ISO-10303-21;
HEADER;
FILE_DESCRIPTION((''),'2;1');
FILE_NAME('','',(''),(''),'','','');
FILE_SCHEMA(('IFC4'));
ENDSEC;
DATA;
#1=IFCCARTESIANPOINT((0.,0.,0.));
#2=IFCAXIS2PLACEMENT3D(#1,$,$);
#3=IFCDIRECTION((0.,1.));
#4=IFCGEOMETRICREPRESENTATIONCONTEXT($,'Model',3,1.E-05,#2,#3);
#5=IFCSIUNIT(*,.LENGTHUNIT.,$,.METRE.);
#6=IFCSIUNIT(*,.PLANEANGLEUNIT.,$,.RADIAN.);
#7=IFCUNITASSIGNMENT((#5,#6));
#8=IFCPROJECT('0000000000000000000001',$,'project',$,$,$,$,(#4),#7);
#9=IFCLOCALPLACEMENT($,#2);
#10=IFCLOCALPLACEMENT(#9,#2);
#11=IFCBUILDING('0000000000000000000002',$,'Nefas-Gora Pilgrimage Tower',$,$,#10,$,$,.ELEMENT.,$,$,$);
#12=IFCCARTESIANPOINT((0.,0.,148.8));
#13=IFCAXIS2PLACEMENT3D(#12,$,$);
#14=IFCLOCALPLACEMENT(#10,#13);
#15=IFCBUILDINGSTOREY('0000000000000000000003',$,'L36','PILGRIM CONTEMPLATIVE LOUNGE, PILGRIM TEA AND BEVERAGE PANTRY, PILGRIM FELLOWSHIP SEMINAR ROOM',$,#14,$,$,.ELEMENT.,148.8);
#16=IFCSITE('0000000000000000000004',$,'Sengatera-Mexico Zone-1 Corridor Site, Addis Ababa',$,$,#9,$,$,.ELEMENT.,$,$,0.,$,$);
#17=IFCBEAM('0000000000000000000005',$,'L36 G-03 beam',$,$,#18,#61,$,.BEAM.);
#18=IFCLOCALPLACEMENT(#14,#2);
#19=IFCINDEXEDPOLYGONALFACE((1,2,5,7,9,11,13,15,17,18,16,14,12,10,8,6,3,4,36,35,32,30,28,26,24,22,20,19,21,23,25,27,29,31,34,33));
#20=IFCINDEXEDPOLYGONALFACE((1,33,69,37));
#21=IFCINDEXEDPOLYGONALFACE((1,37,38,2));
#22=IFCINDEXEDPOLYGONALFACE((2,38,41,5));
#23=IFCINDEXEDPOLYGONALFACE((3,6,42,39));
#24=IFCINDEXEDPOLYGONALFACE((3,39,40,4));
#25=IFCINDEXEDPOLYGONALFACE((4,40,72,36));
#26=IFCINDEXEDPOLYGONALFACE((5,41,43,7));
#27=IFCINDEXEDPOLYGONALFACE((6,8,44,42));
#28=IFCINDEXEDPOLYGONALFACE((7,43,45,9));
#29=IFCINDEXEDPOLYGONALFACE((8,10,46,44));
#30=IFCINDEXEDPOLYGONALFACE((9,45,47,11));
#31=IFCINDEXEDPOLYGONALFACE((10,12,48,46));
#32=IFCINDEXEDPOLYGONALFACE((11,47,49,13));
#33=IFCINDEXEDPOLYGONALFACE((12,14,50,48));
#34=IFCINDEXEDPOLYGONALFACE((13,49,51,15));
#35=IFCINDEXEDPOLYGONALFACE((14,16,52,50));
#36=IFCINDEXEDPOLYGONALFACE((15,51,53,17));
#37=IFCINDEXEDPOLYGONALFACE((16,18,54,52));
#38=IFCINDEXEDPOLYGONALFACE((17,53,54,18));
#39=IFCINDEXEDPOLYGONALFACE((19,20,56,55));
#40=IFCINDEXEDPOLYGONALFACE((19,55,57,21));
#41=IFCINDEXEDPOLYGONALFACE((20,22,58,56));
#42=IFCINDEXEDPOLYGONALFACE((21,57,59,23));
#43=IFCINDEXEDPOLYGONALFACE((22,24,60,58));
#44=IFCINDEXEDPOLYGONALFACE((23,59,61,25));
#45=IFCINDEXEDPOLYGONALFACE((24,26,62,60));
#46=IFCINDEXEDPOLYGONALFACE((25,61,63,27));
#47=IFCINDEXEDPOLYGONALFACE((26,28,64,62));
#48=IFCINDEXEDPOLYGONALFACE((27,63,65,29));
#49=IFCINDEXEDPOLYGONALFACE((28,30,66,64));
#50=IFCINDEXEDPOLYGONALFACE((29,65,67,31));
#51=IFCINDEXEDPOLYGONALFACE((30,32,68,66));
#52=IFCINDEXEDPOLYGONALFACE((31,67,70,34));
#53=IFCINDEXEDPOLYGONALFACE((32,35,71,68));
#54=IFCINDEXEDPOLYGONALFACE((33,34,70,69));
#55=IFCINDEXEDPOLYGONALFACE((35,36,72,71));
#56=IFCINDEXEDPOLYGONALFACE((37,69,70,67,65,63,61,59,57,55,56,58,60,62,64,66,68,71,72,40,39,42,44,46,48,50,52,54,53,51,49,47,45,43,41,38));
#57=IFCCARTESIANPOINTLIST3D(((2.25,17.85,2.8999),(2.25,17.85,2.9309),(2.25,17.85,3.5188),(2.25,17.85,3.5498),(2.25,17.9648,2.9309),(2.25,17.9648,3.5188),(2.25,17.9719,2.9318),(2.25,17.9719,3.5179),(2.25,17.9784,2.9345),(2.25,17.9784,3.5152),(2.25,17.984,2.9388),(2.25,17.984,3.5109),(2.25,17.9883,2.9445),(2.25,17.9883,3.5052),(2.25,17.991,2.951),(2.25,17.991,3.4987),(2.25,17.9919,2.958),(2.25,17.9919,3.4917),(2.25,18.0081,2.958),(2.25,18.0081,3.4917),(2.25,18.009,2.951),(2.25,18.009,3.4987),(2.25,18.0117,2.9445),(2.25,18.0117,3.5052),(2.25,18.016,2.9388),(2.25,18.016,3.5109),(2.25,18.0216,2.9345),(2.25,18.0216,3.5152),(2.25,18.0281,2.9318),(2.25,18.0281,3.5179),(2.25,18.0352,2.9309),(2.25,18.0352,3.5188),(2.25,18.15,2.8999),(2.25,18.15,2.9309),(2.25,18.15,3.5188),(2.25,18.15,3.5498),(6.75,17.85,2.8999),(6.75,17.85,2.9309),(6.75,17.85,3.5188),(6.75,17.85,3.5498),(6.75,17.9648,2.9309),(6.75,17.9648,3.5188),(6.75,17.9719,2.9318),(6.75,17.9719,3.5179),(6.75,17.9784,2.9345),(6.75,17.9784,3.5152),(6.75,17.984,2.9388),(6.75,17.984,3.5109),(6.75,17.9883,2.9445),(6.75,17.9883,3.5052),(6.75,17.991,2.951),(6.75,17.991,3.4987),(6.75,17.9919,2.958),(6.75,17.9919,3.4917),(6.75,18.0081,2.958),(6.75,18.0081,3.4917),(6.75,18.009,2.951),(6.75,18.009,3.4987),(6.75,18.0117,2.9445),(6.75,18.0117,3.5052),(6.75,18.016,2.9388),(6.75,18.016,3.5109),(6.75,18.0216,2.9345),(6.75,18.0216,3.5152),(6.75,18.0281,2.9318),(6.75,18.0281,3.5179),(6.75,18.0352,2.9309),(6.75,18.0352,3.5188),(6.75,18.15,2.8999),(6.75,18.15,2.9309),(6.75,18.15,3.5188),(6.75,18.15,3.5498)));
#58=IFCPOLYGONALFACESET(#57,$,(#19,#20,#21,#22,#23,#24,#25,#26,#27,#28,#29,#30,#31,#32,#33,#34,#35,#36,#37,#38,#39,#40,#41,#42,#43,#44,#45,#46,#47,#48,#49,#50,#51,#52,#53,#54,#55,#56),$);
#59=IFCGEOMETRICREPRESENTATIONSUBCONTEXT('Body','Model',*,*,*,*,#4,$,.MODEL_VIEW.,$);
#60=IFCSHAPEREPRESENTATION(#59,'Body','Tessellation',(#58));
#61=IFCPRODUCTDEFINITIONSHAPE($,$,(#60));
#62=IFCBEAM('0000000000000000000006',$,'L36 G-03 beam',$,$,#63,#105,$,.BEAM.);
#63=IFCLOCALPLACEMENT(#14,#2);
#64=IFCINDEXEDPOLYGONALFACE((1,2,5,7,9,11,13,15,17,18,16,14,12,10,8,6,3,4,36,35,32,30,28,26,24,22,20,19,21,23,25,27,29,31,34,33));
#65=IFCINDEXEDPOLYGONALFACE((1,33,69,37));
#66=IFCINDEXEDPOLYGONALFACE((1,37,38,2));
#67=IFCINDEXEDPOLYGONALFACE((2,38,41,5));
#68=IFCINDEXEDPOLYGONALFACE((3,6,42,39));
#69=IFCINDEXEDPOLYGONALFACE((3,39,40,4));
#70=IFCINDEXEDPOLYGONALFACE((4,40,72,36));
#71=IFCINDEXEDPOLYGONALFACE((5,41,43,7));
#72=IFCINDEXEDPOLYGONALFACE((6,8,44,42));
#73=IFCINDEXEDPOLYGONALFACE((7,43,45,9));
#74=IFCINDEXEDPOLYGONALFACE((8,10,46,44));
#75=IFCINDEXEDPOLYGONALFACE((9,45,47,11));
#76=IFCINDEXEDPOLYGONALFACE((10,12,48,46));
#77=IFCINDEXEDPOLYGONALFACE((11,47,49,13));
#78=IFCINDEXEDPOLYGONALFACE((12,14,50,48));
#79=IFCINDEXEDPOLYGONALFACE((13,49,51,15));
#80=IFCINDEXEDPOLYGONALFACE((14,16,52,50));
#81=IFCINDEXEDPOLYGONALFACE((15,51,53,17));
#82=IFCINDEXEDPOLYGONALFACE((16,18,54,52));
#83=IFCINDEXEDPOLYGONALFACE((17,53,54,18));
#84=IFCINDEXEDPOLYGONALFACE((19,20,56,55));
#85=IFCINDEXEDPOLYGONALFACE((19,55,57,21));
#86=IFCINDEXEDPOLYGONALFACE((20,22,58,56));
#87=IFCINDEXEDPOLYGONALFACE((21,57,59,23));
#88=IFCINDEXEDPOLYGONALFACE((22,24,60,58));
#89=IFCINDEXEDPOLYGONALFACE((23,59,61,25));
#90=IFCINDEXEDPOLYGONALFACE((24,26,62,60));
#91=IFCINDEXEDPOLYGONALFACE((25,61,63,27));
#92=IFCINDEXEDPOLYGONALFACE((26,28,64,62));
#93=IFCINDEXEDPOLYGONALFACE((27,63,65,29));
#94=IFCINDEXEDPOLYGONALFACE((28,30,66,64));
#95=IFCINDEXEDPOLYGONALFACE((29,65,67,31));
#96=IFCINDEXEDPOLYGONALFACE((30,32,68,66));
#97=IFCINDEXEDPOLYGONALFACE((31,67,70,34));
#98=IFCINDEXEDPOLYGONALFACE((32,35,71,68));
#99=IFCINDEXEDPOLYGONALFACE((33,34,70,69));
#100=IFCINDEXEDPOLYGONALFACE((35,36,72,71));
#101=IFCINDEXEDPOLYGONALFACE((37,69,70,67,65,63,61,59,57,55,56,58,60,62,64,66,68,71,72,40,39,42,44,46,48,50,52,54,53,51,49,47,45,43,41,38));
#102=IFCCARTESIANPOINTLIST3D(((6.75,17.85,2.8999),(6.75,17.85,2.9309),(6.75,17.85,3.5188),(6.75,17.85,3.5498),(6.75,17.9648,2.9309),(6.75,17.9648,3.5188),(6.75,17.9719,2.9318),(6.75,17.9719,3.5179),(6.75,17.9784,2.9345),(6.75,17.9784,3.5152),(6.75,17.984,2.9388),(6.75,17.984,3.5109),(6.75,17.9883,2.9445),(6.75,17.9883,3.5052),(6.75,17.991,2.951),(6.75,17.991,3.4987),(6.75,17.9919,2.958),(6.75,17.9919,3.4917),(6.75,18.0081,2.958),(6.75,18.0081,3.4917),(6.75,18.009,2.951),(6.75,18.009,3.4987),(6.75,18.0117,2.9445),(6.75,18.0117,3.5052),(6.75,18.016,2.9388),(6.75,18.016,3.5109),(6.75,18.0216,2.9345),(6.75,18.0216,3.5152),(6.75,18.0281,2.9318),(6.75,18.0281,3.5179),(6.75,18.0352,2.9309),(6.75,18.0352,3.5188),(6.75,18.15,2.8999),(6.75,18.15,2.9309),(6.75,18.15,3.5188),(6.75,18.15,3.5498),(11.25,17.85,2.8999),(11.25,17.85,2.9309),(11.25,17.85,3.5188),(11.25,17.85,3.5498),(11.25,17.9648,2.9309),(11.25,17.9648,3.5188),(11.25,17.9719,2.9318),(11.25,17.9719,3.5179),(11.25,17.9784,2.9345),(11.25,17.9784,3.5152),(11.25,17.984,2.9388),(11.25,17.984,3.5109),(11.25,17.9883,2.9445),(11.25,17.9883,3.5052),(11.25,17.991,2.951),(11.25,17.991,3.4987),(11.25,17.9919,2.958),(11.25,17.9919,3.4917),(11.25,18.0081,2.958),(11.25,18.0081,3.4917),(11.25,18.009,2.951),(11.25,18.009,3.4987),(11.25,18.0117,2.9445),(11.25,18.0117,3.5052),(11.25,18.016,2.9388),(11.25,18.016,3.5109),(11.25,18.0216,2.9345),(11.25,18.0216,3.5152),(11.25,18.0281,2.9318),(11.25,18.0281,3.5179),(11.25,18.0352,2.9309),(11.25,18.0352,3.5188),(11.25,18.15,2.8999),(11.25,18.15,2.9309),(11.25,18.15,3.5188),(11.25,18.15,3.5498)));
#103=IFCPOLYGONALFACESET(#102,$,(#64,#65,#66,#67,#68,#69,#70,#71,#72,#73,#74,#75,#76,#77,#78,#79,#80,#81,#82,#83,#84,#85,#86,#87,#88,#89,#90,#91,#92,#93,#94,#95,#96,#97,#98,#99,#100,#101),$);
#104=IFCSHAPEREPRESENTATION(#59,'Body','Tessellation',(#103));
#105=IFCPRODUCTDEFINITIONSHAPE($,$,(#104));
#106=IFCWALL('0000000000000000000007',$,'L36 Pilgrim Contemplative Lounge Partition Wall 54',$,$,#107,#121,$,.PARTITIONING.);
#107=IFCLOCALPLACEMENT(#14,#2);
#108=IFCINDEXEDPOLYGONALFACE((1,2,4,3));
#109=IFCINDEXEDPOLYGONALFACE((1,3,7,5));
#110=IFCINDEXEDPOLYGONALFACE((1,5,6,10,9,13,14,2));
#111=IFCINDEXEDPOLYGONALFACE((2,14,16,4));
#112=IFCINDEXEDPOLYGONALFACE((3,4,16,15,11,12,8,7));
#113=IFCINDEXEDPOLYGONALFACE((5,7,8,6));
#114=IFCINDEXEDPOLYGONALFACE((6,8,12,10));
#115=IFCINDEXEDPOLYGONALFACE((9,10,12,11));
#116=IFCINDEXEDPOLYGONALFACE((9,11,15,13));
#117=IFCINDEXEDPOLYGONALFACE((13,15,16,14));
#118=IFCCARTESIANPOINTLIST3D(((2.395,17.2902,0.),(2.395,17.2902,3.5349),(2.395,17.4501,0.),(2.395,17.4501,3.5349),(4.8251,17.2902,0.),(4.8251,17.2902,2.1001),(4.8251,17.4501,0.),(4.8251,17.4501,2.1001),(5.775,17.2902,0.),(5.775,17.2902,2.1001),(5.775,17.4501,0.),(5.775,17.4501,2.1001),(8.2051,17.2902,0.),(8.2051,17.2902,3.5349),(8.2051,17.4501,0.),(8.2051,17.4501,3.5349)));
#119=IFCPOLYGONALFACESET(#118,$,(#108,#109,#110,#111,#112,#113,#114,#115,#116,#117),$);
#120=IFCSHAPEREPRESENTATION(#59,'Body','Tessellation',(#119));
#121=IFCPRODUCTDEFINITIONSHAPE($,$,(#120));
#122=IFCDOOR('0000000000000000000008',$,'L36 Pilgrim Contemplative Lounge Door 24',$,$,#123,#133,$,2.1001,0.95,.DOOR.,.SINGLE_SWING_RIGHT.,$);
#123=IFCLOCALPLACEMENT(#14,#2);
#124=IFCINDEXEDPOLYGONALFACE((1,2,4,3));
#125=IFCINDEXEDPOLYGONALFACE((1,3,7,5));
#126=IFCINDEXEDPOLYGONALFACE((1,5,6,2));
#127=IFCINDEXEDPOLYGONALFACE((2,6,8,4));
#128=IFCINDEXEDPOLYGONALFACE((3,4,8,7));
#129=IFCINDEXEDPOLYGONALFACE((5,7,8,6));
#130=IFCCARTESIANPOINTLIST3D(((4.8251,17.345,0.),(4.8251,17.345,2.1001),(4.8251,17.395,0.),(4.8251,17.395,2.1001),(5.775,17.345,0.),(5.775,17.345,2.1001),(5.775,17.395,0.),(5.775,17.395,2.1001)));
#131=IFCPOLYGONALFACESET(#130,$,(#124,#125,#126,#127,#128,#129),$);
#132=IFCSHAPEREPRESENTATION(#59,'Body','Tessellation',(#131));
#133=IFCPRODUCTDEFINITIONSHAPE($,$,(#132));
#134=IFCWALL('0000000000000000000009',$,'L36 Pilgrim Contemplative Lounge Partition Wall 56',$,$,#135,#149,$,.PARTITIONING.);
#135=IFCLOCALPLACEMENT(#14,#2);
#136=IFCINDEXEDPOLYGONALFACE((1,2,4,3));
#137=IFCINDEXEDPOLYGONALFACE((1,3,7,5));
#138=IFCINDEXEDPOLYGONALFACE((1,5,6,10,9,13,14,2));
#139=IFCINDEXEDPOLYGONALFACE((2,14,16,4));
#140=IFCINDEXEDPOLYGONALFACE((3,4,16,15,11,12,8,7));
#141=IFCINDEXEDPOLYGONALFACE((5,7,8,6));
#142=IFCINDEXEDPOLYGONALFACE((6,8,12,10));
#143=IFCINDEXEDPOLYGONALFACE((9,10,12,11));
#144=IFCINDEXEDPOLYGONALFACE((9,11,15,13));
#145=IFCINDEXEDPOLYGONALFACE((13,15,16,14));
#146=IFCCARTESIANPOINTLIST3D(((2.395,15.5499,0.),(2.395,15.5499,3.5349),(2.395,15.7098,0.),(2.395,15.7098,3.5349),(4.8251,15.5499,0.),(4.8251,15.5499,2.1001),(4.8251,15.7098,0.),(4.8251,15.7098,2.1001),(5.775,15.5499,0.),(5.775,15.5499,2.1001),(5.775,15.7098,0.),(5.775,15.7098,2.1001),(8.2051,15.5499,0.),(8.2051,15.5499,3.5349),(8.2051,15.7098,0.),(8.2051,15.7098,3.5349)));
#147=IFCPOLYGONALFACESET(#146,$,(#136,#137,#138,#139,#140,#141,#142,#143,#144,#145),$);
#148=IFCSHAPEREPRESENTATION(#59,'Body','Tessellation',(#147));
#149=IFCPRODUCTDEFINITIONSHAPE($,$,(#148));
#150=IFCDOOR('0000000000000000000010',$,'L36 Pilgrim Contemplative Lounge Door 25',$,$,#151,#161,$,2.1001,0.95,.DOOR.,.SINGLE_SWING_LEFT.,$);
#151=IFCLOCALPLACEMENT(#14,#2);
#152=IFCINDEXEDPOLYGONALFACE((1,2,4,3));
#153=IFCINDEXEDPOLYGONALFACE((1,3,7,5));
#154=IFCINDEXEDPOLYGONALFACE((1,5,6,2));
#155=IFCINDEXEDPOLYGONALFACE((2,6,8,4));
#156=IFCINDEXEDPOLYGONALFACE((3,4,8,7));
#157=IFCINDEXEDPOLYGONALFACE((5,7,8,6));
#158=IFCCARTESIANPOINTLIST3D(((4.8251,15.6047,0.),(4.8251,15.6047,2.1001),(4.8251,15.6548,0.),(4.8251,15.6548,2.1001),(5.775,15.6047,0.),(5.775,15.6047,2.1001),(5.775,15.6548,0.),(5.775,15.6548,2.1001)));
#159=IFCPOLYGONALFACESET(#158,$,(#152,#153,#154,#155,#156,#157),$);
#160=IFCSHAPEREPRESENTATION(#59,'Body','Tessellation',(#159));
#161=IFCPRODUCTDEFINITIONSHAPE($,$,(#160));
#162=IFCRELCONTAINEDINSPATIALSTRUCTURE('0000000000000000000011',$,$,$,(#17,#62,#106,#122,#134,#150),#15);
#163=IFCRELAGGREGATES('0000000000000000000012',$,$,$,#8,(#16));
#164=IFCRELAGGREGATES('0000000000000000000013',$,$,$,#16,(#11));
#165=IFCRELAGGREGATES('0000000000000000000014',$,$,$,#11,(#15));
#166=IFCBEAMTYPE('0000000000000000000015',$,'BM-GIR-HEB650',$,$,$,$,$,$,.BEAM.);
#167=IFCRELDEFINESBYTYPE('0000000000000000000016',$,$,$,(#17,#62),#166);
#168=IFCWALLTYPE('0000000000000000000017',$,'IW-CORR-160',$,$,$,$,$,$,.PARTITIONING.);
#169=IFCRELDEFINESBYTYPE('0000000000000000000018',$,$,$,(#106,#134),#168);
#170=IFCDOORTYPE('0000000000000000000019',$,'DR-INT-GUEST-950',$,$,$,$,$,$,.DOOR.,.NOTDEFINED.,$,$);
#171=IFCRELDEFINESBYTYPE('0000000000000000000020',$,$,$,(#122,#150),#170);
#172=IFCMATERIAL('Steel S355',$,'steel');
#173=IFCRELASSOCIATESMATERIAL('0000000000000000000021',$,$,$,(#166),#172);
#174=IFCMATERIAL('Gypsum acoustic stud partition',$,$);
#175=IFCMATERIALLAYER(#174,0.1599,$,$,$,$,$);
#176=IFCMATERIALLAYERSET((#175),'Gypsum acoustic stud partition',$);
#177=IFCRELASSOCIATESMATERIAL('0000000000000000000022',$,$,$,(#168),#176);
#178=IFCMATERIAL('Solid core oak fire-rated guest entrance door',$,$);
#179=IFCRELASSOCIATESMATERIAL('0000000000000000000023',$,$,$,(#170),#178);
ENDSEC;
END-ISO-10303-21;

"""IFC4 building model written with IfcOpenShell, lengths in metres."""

from ifc_helpers import new_model, si_unit, direction, frame, frame_2d, origin, origin_2d, place, context, subcontext, project, spatial, rectangle, i_section, extrude, source, transform, mapped, material, layer, layer_set, material_profile, profile_set, type_object, element, fill, save


model = new_model("IFC4")

# Units and contexts
model_context = context("Model", 3, precision=1e-05, world=origin(), true_north=direction((0.0, 1.0)))
body_context = subcontext(model_context, "Body", "Model", "MODEL_VIEW")
ifc_project = project(units=[si_unit("LENGTHUNIT", "METRE"), si_unit("PLANEANGLEUNIT", "RADIAN")], contexts=[model_context])

# Site, building, storey
site_placement = place(None, origin())
site = spatial("IfcSite", under=ifc_project, at=site_placement, Name="Sengatera-Mexico Zone-1 Corridor Site, Addis Ababa", CompositionType="ELEMENT", RefElevation=0.0)
building_placement = place(site_placement, origin())
building = spatial("IfcBuilding", under=site, at=building_placement, Name="Nefas-Gora Pilgrimage Tower", CompositionType="ELEMENT")
storey_placement = place(building_placement, frame((0.0, 0.0, 148.8)))
storey = spatial("IfcBuildingStorey", under=building, at=storey_placement, Name="L36", Description="PILGRIM CONTEMPLATIVE LOUNGE, PILGRIM TEA AND BEVERAGE PANTRY, PILGRIM FELLOWSHIP SEMINAR ROOM", CompositionType="ELEMENT", Elevation=148.8)

# Beams
ifc_material_1 = material(Name="Steel S355", Category="steel")
ifc_material_profile_1 = material_profile(ifc_material_1, i_section(OverallWidth=0.3, OverallDepth=0.6499, WebThickness=0.0161, FlangeThickness=0.031, FilletRadius=0.0271, at=origin_2d()), Name="HEB 650")
ifc_profile_set_1 = profile_set([ifc_material_profile_1], Name="Steel S355")
beam_type = type_object("IfcBeamType", Name="BM-GIR-HEB650", PredefinedType="BEAM", material=ifc_profile_set_1)
shared_shape_1 = source(origin(), body_context, "Body", "SweptSolid", [
    extrude(i_section(OverallWidth=0.3, OverallDepth=0.6499, WebThickness=0.0161, FlangeThickness=0.031, FilletRadius=0.0271, at=origin_2d()), origin(), (0.0, 0.0, 1.0), 4.5),
])
for number, where, z_axis, x_axis, name in (
    (1, (2.25, 18.0, 3.2249), (1.0, 0.0, 0.0), (0.0, 1.0, 0.0), "L36 G-03 beam"),
    (2, (6.75, 18.0, 3.2249), (1.0, 0.0, 0.0), (0.0, 1.0, 0.0), "L36 G-03 beam"),
):
    element("IfcBeam", number, at=place(storey_placement, frame(where, z_axis=z_axis, x_axis=x_axis)), inside=storey, type_object=beam_type, Name=name, PredefinedType="BEAM", context=body_context, shape_type="MappedRepresentation", body=[
        mapped(shared_shape_1, transform((0.0, 0.0, 0.0), x_axis=(1.0, 0.0, 0.0), y_axis=(0.0, 1.0, 0.0), z_axis=(0.0, 0.0, 1.0), scale=1.0)),
    ])

# Walls, openings, doors
ifc_material_2 = material(Name="Gypsum acoustic stud partition")
ifc_layer_1 = layer(ifc_material_2, 0.1599)
ifc_layer_set_1 = layer_set([ifc_layer_1], Name="Gypsum acoustic stud partition")
wall_type_1 = type_object("IfcWallType", Name="IW-CORR-160", PredefinedType="PARTITIONING", material=ifc_layer_set_1)
shared_shape_2 = source(origin(), body_context, "Body", "SweptSolid", [
    extrude(rectangle(XDim=5.8101, YDim=0.1599, at=frame_2d((2.905, 0.0))), origin(), (0.0, 0.0, 1.0), 3.5349),
])
wall_1_placement = place(storey_placement, frame((2.395, 17.3701, 0.0), z_axis=(0.0, 0.0, 1.0), x_axis=(1.0, 0.0, 0.0)))
wall_1 = element("IfcWall", 3, at=wall_1_placement, inside=storey, type_object=wall_type_1, Name="L36 Pilgrim Contemplative Lounge Partition Wall 54", PredefinedType="PARTITIONING", context=body_context, shape_type="MappedRepresentation", body=[
    mapped(shared_shape_2, transform((0.0, 0.0, 0.0), x_axis=(1.0, 0.0, 0.0), y_axis=(0.0, 1.0, 0.0), z_axis=(0.0, 0.0, 1.0), scale=1.0)),
])
opening_1_placement = place(wall_1_placement, frame((2.4299, 0.0, 0.0)))
opening_1 = element("IfcOpeningElement", 4, at=opening_1_placement, cuts=wall_1, PredefinedType="OPENING", context=body_context, shape_type="SweptSolid", body=[
    extrude(rectangle(XDim=0.95, YDim=2.1001, at=frame_2d((0.4751, 1.05))), frame((0.0, 0.0898, 0.0), z_axis=(0.0, -1.0, 0.0), x_axis=(1.0, 0.0, 0.0)), (0.0, 0.0, 1.0), 0.1799),
])
ifc_material_3 = material(Name="Solid core oak fire-rated guest entrance door")
door_type = type_object("IfcDoorType", Name="DR-INT-GUEST-950", OperationType="NOTDEFINED", PredefinedType="DOOR", material=ifc_material_3)
shared_shape_3 = source(origin(), body_context, "Body", "SweptSolid", [
    extrude(rectangle(XDim=0.95, YDim=2.1001, at=frame_2d((0.4751, 1.05))), frame((0.0, 0.0249, 0.0), z_axis=(0.0, -1.0, 0.0), x_axis=(1.0, 0.0, 0.0)), (0.0, 0.0, 1.0), 0.05),
])
door_1_placement = place(opening_1_placement, origin())
door_1 = element("IfcDoor", 5, at=door_1_placement, inside=storey, type_object=door_type, Name="L36 Pilgrim Contemplative Lounge Door 24", OperationType="SINGLE_SWING_RIGHT", OverallHeight=2.1001, OverallWidth=0.95, PredefinedType="DOOR", context=body_context, shape_type="MappedRepresentation", body=[
    mapped(shared_shape_3, transform((0.0, 0.0, 0.0), x_axis=(1.0, 0.0, 0.0), y_axis=(0.0, 1.0, 0.0), z_axis=(0.0, 0.0, 1.0), scale=1.0)),
])
fill(opening_1, door_1)
wall_2_placement = place(storey_placement, frame((2.395, 15.6299, 0.0), z_axis=(0.0, 0.0, 1.0), x_axis=(1.0, 0.0, 0.0)))
wall_2 = element("IfcWall", 6, at=wall_2_placement, inside=storey, type_object=wall_type_1, Name="L36 Pilgrim Contemplative Lounge Partition Wall 56", PredefinedType="PARTITIONING", context=body_context, shape_type="MappedRepresentation", body=[
    mapped(shared_shape_2, transform((0.0, 0.0, 0.0), x_axis=(1.0, 0.0, 0.0), y_axis=(0.0, 1.0, 0.0), z_axis=(0.0, 0.0, 1.0), scale=1.0)),
])
opening_2_placement = place(wall_2_placement, frame((2.4299, 0.0, 0.0)))
opening_2 = element("IfcOpeningElement", 7, at=opening_2_placement, cuts=wall_2, PredefinedType="OPENING", context=body_context, shape_type="SweptSolid", body=[
    extrude(rectangle(XDim=0.95, YDim=2.1001, at=frame_2d((0.4751, 1.05))), frame((0.0, 0.0898, 0.0), z_axis=(0.0, -1.0, 0.0), x_axis=(1.0, 0.0, 0.0)), (0.0, 0.0, 1.0), 0.1799),
])
door_2_placement = place(opening_2_placement, origin())
door_2 = element("IfcDoor", 8, at=door_2_placement, inside=storey, type_object=door_type, Name="L36 Pilgrim Contemplative Lounge Door 25", OperationType="SINGLE_SWING_LEFT", OverallHeight=2.1001, OverallWidth=0.95, PredefinedType="DOOR", context=body_context, shape_type="MappedRepresentation", body=[
    mapped(shared_shape_3, transform((0.0, 0.0, 0.0), x_axis=(1.0, 0.0, 0.0), y_axis=(0.0, 1.0, 0.0), z_axis=(0.0, 0.0, 1.0), scale=1.0)),
])
fill(opening_2, door_2)

save(model, "model.ifc")
